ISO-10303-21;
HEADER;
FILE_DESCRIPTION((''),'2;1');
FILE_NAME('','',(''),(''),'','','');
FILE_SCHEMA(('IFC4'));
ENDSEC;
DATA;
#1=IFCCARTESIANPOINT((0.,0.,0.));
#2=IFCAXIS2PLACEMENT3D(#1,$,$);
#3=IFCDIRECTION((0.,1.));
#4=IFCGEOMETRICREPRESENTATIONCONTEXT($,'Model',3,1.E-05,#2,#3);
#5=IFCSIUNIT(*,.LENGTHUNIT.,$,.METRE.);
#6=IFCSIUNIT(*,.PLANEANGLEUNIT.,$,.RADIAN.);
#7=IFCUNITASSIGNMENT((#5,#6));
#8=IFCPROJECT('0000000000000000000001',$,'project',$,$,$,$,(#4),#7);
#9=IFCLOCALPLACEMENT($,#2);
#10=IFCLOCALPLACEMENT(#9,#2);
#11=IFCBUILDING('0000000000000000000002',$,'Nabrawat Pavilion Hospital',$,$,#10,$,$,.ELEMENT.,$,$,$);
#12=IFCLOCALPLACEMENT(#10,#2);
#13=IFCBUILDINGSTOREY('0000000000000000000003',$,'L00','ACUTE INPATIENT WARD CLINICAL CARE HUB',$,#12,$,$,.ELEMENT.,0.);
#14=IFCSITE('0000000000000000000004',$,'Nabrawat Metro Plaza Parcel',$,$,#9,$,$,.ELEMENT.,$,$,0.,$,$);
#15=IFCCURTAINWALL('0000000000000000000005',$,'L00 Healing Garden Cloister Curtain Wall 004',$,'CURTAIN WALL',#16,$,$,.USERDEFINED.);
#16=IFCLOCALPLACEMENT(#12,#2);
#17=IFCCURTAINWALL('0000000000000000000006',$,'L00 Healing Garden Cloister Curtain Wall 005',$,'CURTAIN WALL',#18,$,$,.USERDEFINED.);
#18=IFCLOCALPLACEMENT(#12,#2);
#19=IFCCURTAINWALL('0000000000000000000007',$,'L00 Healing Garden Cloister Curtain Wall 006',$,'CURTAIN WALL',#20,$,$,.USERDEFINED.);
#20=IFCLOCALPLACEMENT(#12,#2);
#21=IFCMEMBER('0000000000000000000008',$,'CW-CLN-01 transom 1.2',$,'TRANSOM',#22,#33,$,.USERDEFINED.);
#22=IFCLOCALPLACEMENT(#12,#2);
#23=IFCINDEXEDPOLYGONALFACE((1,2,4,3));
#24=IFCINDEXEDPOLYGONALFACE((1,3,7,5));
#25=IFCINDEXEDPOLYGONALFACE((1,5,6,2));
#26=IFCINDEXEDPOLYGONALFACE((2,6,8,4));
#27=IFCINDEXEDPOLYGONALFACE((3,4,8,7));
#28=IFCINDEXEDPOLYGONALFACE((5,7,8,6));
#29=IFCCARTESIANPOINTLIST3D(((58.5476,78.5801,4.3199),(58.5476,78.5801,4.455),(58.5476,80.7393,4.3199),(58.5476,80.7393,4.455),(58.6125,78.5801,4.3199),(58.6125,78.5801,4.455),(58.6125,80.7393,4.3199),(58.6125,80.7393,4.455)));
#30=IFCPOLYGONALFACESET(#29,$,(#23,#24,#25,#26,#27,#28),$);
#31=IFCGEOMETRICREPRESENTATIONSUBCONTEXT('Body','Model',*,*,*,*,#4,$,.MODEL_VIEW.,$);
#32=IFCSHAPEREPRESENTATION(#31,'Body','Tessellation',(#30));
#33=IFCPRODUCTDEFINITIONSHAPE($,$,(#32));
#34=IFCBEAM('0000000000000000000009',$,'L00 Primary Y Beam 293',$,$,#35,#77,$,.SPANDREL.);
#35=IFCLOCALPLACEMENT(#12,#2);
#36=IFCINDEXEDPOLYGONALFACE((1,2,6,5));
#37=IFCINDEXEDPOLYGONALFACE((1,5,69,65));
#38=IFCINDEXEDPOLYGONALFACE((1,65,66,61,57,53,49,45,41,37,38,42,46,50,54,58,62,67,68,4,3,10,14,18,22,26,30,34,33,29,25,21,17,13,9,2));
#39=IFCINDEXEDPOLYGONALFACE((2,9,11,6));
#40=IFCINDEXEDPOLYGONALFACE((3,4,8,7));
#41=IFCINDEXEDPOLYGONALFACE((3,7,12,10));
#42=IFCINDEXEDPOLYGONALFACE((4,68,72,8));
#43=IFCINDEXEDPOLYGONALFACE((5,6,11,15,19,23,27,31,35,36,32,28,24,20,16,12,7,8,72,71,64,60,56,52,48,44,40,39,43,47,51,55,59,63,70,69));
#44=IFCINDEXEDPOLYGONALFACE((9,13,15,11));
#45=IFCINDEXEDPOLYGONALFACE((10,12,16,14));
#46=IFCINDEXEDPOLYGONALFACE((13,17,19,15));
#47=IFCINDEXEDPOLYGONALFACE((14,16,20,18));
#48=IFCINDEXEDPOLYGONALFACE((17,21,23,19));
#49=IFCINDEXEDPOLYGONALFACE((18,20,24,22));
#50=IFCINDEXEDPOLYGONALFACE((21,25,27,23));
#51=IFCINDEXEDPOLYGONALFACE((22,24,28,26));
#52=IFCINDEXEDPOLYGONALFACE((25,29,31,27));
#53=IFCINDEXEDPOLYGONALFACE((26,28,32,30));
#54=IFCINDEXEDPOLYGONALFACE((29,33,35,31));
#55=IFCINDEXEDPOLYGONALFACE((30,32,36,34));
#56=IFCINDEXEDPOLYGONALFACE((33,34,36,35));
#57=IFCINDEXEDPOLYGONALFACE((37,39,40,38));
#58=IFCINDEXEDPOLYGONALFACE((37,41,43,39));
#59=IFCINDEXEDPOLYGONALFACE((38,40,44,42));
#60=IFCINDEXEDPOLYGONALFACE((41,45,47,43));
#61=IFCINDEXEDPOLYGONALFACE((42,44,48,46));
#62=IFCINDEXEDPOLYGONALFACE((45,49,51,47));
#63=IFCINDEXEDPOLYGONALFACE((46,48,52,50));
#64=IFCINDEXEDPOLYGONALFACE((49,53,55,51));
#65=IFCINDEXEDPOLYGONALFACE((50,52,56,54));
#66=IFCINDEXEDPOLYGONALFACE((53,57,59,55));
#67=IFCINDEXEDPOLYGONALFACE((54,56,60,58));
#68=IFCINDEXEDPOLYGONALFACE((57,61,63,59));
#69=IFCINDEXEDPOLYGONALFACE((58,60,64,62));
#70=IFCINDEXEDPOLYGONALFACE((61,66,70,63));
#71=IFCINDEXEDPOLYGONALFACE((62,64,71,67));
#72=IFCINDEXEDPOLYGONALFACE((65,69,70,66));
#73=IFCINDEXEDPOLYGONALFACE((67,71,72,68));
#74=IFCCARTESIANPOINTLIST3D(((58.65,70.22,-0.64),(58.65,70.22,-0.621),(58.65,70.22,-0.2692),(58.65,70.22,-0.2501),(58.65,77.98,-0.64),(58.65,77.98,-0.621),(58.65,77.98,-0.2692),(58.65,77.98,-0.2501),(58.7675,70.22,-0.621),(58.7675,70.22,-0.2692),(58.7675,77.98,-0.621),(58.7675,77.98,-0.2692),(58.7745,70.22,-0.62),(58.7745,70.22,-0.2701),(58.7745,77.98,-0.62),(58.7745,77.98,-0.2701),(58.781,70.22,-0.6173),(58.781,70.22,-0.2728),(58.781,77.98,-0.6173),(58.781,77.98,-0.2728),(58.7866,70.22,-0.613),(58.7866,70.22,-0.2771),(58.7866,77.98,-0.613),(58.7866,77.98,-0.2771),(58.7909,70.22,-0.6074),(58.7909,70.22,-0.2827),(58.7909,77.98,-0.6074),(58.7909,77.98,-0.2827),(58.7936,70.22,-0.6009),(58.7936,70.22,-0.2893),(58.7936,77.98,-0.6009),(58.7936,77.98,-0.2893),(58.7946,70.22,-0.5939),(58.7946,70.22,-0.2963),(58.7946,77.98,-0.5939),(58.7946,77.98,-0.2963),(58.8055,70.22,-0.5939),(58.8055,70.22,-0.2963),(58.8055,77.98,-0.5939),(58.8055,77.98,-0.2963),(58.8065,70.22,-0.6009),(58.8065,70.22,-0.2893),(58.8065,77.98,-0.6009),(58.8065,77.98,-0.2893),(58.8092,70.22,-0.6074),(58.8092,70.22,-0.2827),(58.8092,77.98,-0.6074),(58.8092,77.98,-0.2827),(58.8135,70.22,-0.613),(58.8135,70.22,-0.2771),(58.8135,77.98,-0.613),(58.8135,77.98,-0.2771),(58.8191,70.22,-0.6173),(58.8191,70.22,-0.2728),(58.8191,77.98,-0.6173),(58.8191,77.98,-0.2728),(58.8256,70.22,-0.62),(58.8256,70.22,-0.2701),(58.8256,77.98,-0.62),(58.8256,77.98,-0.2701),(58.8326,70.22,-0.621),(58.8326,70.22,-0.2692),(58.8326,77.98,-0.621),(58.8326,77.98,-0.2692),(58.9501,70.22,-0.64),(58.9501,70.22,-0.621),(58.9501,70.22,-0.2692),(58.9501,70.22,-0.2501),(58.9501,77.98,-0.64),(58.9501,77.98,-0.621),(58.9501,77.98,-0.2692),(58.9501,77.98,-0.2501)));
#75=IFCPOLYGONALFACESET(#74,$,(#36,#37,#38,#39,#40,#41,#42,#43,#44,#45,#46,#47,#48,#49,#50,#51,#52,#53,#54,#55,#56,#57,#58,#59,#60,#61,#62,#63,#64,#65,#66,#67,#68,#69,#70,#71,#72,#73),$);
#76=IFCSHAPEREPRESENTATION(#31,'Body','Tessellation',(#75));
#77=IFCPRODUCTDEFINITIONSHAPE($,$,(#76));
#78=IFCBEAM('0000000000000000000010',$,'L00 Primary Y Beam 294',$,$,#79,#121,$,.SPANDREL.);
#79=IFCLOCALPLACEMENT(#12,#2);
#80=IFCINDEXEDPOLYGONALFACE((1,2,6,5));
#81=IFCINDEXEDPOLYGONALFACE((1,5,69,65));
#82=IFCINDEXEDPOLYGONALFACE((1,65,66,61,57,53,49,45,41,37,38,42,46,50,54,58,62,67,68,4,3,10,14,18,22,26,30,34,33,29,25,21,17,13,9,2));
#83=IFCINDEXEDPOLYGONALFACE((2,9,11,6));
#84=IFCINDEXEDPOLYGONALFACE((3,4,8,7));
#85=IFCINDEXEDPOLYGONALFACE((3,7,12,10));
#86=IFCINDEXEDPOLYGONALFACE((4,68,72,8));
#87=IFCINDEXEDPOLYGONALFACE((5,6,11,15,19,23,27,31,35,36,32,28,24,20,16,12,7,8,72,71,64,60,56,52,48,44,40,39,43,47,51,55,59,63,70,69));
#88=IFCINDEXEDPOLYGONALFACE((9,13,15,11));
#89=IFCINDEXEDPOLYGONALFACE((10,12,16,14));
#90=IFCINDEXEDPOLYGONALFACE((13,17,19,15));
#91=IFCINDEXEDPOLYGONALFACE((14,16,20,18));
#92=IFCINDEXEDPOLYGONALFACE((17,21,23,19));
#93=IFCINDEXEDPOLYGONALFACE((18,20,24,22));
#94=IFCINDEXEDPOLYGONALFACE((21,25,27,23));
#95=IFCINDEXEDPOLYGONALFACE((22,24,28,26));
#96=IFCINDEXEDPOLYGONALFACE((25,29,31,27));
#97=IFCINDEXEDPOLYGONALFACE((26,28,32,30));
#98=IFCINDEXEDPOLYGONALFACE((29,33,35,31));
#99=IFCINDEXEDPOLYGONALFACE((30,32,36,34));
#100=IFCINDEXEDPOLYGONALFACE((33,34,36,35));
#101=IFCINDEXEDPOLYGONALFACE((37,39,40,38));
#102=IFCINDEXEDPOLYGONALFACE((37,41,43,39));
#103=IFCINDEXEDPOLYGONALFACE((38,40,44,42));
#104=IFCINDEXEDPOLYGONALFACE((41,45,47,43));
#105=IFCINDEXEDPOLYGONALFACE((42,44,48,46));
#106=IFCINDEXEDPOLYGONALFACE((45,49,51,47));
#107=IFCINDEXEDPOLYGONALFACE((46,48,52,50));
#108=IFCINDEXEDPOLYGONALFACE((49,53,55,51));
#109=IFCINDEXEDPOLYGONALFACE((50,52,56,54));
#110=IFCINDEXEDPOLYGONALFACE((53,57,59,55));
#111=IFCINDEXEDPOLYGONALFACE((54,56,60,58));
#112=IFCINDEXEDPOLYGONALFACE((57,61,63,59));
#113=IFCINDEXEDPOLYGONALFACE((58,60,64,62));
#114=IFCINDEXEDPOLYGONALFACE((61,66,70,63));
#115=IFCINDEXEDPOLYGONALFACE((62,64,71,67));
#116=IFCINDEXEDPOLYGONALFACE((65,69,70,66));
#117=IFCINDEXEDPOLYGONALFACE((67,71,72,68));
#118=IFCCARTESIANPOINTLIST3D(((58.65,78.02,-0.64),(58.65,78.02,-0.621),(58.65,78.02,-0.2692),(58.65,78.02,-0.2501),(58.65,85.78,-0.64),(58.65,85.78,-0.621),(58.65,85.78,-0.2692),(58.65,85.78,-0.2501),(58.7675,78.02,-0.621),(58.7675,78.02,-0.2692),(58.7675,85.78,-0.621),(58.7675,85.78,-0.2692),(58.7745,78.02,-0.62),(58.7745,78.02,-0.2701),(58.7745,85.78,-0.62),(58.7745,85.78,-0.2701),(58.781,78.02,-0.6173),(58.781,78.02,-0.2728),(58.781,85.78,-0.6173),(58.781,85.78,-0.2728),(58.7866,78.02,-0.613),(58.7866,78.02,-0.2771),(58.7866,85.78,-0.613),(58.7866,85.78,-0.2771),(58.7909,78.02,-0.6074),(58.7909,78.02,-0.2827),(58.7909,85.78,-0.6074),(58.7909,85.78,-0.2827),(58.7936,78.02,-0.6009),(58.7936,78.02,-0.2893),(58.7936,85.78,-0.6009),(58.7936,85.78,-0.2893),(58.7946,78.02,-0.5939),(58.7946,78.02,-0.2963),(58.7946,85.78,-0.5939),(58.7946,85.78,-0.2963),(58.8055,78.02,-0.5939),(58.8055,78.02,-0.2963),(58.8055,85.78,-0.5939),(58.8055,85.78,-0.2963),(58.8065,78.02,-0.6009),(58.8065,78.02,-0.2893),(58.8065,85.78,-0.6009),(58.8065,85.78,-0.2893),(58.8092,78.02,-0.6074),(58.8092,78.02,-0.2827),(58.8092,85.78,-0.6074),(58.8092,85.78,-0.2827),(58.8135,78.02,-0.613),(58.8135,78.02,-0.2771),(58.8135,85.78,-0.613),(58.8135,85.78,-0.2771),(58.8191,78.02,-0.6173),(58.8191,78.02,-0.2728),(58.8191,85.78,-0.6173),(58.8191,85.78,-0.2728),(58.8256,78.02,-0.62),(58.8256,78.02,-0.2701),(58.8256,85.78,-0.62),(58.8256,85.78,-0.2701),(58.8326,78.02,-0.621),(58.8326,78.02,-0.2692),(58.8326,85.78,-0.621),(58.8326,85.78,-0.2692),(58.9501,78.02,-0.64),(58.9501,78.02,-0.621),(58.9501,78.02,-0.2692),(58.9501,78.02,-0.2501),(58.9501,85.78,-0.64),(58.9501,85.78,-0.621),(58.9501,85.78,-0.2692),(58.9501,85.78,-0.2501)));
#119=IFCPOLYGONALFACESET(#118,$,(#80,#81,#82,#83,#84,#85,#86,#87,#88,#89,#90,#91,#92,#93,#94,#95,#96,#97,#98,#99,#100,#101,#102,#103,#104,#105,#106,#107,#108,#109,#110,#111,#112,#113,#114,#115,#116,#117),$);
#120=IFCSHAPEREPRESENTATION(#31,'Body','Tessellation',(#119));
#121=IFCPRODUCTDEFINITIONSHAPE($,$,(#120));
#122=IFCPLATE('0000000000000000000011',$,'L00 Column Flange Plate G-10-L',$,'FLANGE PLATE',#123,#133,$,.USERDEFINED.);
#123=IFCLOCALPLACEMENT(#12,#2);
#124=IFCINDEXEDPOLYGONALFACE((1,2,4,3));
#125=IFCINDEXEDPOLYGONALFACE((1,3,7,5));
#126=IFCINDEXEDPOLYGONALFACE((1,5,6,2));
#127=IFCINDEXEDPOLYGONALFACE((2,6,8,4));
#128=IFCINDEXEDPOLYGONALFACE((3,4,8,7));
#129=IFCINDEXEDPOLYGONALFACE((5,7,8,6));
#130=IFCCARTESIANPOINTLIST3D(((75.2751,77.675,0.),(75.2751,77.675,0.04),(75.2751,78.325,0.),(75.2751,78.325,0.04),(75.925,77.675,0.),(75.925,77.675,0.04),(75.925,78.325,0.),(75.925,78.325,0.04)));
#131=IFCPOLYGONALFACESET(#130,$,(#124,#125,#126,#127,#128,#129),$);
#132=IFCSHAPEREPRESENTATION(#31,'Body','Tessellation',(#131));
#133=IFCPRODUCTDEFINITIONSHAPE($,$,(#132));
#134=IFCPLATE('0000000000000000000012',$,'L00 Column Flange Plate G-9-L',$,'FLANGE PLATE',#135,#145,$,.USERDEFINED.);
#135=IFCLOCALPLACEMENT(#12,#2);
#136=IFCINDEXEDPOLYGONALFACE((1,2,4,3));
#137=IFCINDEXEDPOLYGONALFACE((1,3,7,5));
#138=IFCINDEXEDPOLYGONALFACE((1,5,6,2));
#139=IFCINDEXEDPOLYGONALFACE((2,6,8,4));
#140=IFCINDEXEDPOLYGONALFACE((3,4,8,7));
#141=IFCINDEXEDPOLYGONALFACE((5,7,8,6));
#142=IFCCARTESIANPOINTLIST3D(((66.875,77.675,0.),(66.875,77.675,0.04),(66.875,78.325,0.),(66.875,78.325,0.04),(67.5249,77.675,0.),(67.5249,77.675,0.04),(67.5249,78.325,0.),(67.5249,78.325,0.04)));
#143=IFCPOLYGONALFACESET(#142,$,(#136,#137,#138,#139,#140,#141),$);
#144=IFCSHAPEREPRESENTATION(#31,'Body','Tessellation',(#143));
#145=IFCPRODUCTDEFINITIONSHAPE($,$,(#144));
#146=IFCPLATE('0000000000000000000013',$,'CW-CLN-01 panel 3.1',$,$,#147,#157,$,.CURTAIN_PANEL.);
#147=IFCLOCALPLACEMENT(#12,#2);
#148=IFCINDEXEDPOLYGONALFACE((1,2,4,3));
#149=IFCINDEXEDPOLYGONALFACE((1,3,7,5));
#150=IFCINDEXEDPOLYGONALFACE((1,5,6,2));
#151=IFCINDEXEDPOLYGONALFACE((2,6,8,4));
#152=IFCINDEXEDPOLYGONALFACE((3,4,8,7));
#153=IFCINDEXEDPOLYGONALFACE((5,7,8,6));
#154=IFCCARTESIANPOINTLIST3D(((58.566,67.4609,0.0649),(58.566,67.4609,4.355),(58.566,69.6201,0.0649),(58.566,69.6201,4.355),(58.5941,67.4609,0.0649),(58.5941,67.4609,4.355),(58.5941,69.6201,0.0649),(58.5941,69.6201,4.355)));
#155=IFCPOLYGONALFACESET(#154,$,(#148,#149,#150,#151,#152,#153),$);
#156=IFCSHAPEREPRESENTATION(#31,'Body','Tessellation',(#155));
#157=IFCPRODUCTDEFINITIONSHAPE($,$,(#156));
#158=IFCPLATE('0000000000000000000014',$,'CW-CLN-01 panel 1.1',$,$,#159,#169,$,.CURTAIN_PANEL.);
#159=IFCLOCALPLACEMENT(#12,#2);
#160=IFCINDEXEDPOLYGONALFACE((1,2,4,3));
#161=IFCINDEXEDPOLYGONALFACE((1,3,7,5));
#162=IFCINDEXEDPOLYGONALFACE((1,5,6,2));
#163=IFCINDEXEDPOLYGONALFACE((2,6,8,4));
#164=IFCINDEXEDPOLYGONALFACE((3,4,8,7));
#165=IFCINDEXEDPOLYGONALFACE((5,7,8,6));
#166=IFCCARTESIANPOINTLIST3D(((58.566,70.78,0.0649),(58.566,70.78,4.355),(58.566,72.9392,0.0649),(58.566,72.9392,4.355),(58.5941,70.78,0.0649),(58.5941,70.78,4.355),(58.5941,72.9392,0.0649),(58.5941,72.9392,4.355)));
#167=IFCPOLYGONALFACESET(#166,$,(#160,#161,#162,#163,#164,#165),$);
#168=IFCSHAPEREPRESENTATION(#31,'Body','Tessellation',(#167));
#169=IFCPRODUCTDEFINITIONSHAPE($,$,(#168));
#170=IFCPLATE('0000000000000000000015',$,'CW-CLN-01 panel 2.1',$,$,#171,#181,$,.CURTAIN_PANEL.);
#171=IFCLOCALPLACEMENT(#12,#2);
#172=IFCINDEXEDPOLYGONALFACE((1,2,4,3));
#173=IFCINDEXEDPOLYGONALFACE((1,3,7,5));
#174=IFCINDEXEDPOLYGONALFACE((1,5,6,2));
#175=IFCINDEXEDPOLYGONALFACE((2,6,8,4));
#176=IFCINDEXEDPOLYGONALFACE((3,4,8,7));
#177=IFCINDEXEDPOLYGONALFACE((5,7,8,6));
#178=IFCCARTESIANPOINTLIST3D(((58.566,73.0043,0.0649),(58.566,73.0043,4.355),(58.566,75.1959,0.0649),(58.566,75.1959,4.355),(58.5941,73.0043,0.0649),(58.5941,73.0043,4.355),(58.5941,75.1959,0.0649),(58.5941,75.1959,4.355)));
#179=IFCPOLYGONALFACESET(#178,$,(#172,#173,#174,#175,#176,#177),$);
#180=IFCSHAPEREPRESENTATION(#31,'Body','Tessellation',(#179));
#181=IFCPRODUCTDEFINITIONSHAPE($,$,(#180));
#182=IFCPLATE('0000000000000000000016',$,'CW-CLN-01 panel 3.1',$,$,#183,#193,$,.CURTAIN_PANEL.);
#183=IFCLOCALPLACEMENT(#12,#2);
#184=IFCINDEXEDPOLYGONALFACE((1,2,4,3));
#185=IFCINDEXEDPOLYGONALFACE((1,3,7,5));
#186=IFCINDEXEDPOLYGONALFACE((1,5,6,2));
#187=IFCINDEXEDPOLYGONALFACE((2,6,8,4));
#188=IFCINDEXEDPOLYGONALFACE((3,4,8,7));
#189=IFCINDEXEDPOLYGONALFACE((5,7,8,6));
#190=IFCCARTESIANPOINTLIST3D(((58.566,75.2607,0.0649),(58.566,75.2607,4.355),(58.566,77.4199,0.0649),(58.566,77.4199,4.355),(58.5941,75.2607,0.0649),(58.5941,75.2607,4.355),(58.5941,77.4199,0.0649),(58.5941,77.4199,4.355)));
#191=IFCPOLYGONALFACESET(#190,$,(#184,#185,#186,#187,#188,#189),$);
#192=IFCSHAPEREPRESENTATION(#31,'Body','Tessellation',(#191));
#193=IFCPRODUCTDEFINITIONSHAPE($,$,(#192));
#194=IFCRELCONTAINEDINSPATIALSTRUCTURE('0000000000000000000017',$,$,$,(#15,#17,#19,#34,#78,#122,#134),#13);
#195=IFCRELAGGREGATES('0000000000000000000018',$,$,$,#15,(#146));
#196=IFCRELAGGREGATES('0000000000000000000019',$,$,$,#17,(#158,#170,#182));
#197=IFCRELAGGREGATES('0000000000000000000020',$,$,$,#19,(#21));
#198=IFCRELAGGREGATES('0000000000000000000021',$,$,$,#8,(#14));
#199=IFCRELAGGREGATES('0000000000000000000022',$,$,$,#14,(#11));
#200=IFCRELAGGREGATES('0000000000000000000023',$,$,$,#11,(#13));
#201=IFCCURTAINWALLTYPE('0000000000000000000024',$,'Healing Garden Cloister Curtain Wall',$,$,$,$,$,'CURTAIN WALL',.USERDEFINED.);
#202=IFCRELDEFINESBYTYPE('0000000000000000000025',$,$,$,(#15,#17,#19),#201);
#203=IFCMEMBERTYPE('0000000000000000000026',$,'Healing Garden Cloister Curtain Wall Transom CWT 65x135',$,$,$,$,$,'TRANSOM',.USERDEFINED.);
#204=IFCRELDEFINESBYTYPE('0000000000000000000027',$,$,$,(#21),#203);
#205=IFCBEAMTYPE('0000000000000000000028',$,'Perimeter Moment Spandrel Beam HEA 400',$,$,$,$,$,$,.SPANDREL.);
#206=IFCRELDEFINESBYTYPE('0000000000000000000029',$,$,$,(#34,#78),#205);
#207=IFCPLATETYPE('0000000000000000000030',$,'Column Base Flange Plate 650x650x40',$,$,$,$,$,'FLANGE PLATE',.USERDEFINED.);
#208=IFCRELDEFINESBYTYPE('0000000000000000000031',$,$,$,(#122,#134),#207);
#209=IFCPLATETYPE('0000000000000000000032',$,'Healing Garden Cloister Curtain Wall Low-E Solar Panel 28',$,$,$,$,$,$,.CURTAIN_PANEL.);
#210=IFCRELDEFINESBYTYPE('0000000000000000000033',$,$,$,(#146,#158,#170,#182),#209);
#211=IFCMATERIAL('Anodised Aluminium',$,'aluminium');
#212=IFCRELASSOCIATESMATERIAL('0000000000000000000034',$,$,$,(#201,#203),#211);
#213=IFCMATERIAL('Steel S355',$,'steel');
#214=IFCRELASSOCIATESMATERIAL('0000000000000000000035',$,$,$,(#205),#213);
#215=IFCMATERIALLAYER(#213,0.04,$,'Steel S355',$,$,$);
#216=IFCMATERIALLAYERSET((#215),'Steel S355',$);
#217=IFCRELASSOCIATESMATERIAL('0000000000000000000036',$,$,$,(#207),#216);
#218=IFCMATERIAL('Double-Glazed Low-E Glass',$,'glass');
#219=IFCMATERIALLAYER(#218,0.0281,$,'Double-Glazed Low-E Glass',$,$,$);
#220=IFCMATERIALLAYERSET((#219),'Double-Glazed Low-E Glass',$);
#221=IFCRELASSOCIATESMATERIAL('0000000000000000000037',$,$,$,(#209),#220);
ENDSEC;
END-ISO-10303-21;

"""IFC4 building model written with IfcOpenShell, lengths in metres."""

from ifc_helpers import new_model, si_unit, direction, frame, origin, origin_2d, place, context, subcontext, project, spatial, rectangle, i_section, extrude, material, layer, layer_set, material_profile, profile_set, type_object, element, aggregate, save


model = new_model("IFC4")

# Units and contexts
model_context = context("Model", 3, precision=1e-05, world=origin(), true_north=direction((0.0, 1.0)))
body_context = subcontext(model_context, "Body", "Model", "MODEL_VIEW")
ifc_project = project(units=[si_unit("LENGTHUNIT", "METRE"), si_unit("PLANEANGLEUNIT", "RADIAN")], contexts=[model_context])

# Site, building, storey
site_placement = place(None, origin())
site = spatial("IfcSite", under=ifc_project, at=site_placement, Name="Nabrawat Metro Plaza Parcel", CompositionType="ELEMENT", RefElevation=0.0)
building_placement = place(site_placement, origin())
building = spatial("IfcBuilding", under=site, at=building_placement, Name="Nabrawat Pavilion Hospital", CompositionType="ELEMENT")
storey_placement = place(building_placement, origin())
storey = spatial("IfcBuildingStorey", under=building, at=storey_placement, Name="L00", Description="ACUTE INPATIENT WARD CLINICAL CARE HUB", CompositionType="ELEMENT", Elevation=0.0)

# Shared definitions
ifc_material_1 = material(Name="Steel S355", Category="steel")

# Curtain wall
ifc_material_2 = material(Name="Anodised Aluminium", Category="aluminium")
curtain_wall_type = type_object("IfcCurtainWallType", Name="Healing Garden Cloister Curtain Wall", ElementType="CURTAIN WALL", PredefinedType="USERDEFINED", material=ifc_material_2)
curtain_wall_1_placement = place(storey_placement, origin())
curtain_wall_1 = element("IfcCurtainWall", 1, at=curtain_wall_1_placement, inside=storey, type_object=curtain_wall_type, Name="L00 Healing Garden Cloister Curtain Wall 004", ObjectType="CURTAIN WALL", PredefinedType="USERDEFINED")

# Curtain wall
curtain_wall_2_placement = place(storey_placement, origin())
curtain_wall_2 = element("IfcCurtainWall", 2, at=curtain_wall_2_placement, inside=storey, type_object=curtain_wall_type, Name="L00 Healing Garden Cloister Curtain Wall 005", ObjectType="CURTAIN WALL", PredefinedType="USERDEFINED")

# Curtain wall
curtain_wall_3_placement = place(storey_placement, origin())
curtain_wall_3 = element("IfcCurtainWall", 3, at=curtain_wall_3_placement, inside=storey, type_object=curtain_wall_type, Name="L00 Healing Garden Cloister Curtain Wall 006", ObjectType="CURTAIN WALL", PredefinedType="USERDEFINED")

# Member
ifc_material_profile_1 = material_profile(ifc_material_2, rectangle(XDim=0.0649, YDim=0.135, at=origin_2d()), Name="CWT 65x135")
ifc_profile_set_1 = profile_set([ifc_material_profile_1], Name="Anodised Aluminium")
member_type_1 = type_object("IfcMemberType", Name="Healing Garden Cloister Curtain Wall Transom CWT 65x135", ElementType="TRANSOM", PredefinedType="USERDEFINED", material=ifc_profile_set_1)
member_1_placement = place(storey_placement, frame((58.5801, 78.5801, 4.3875), z_axis=(0.0, 1.0, 0.0), x_axis=(-1.0, 0.0, 0.0)))
member_1 = element("IfcMember", 4, at=member_1_placement, type_object=member_type_1, Name="CW-CLN-01 transom 1.2", ObjectType="TRANSOM", PredefinedType="USERDEFINED", context=body_context, shape_type="SweptSolid", body=[
    extrude(rectangle(XDim=0.0649, YDim=0.135, at=origin_2d()), origin(), (0.0, 0.0, 1.0), 2.1592),
])

# Beams
ifc_material_profile_2 = material_profile(ifc_material_1, i_section(OverallWidth=0.3, OverallDepth=0.3899, WebThickness=0.011, FlangeThickness=0.019, FilletRadius=0.0271, at=origin_2d()), Name="HEA 400")
ifc_profile_set_2 = profile_set([ifc_material_profile_2], Name="Steel S355")
beam_type = type_object("IfcBeamType", Name="Perimeter Moment Spandrel Beam HEA 400", PredefinedType="SPANDREL", material=ifc_profile_set_2)
for number, where, z_axis, x_axis, name in (
    (5, (58.8, 70.22, -0.4451), (0.0, 1.0, 0.0), (-1.0, 0.0, 0.0), "L00 Primary Y Beam 293"),
    (6, (58.8, 78.02, -0.4451), (0.0, 1.0, 0.0), (-1.0, 0.0, 0.0), "L00 Primary Y Beam 294"),
):
    element("IfcBeam", number, at=place(storey_placement, frame(where, z_axis=z_axis, x_axis=x_axis)), inside=storey, type_object=beam_type, Name=name, PredefinedType="SPANDREL", context=body_context, shape_type="SweptSolid", body=[
        extrude(i_section(OverallWidth=0.3, OverallDepth=0.3899, WebThickness=0.011, FlangeThickness=0.019, FilletRadius=0.0271, at=origin_2d()), origin(), (0.0, 0.0, 1.0), 7.76),
    ])

# Plates
ifc_layer_1 = layer(ifc_material_1, 0.04, Name="Steel S355")
ifc_layer_set_1 = layer_set([ifc_layer_1], Name="Steel S355")
plate_type_1 = type_object("IfcPlateType", Name="Column Base Flange Plate 650x650x40", ElementType="FLANGE PLATE", PredefinedType="USERDEFINED", material=ifc_layer_set_1)
for number, where, z_axis, x_axis, name in (
    (7, (75.6001, 78.0, 0.0), (0.0, 0.0, 1.0), (1.0, 0.0, 0.0), "L00 Column Flange Plate G-10-L"),
    (8, (67.2, 78.0, 0.0), (0.0, 0.0, 1.0), (1.0, 0.0, 0.0), "L00 Column Flange Plate G-9-L"),
):
    element("IfcPlate", number, at=place(storey_placement, frame(where, z_axis=z_axis, x_axis=x_axis)), inside=storey, type_object=plate_type_1, Name=name, ObjectType="FLANGE PLATE", PredefinedType="USERDEFINED", context=body_context, shape_type="SweptSolid", body=[
        extrude(rectangle(XDim=0.6499, YDim=0.6499, at=origin_2d()), origin(), (0.0, 0.0, 1.0), 0.04),
    ])

# Plates
ifc_material_3 = material(Name="Double-Glazed Low-E Glass", Category="glass")
ifc_layer_2 = layer(ifc_material_3, 0.0281, Name="Double-Glazed Low-E Glass")
ifc_layer_set_2 = layer_set([ifc_layer_2], Name="Double-Glazed Low-E Glass")
plate_type_2 = type_object("IfcPlateType", Name="Healing Garden Cloister Curtain Wall Low-E Solar Panel 28", PredefinedType="CURTAIN_PANEL", material=ifc_layer_set_2)
plate_1_placement = place(storey_placement, frame((58.5801, 68.5405, 0.0649), z_axis=(0.0, 0.0, 1.0), x_axis=(0.0, 1.0, 0.0)))
plate_1 = element("IfcPlate", 9, at=plate_1_placement, type_object=plate_type_2, Name="CW-CLN-01 panel 3.1", PredefinedType="CURTAIN_PANEL", context=body_context, shape_type="SweptSolid", body=[
    extrude(rectangle(XDim=2.1592, YDim=0.0281, at=origin_2d()), origin(), (0.0, 0.0, 1.0), 4.29),
])
aggregate(curtain_wall_1, [plate_1])
plate_2_placement = place(storey_placement, frame((58.5801, 71.8596, 0.0649), z_axis=(0.0, 0.0, 1.0), x_axis=(0.0, 1.0, 0.0)))
plate_2 = element("IfcPlate", 10, at=plate_2_placement, type_object=plate_type_2, Name="CW-CLN-01 panel 1.1", PredefinedType="CURTAIN_PANEL", context=body_context, shape_type="SweptSolid", body=[
    extrude(rectangle(XDim=2.1592, YDim=0.0281, at=origin_2d()), origin(), (0.0, 0.0, 1.0), 4.29),
])
plate_3_placement = place(storey_placement, frame((58.5801, 74.1001, 0.0649), z_axis=(0.0, 0.0, 1.0), x_axis=(0.0, 1.0, 0.0)))
plate_3 = element("IfcPlate", 11, at=plate_3_placement, type_object=plate_type_2, Name="CW-CLN-01 panel 2.1", PredefinedType="CURTAIN_PANEL", context=body_context, shape_type="SweptSolid", body=[
    extrude(rectangle(XDim=2.1917, YDim=0.0281, at=origin_2d()), origin(), (0.0, 0.0, 1.0), 4.29),
])
plate_4_placement = place(storey_placement, frame((58.5801, 76.3403, 0.0649), z_axis=(0.0, 0.0, 1.0), x_axis=(0.0, 1.0, 0.0)))
plate_4 = element("IfcPlate", 12, at=plate_4_placement, type_object=plate_type_2, Name="CW-CLN-01 panel 3.1", PredefinedType="CURTAIN_PANEL", context=body_context, shape_type="SweptSolid", body=[
    extrude(rectangle(XDim=2.1592, YDim=0.0281, at=origin_2d()), origin(), (0.0, 0.0, 1.0), 4.29),
])
aggregate(curtain_wall_2, [plate_2, plate_3, plate_4])
aggregate(curtain_wall_3, [member_1])

save(model, "model.ifc")
